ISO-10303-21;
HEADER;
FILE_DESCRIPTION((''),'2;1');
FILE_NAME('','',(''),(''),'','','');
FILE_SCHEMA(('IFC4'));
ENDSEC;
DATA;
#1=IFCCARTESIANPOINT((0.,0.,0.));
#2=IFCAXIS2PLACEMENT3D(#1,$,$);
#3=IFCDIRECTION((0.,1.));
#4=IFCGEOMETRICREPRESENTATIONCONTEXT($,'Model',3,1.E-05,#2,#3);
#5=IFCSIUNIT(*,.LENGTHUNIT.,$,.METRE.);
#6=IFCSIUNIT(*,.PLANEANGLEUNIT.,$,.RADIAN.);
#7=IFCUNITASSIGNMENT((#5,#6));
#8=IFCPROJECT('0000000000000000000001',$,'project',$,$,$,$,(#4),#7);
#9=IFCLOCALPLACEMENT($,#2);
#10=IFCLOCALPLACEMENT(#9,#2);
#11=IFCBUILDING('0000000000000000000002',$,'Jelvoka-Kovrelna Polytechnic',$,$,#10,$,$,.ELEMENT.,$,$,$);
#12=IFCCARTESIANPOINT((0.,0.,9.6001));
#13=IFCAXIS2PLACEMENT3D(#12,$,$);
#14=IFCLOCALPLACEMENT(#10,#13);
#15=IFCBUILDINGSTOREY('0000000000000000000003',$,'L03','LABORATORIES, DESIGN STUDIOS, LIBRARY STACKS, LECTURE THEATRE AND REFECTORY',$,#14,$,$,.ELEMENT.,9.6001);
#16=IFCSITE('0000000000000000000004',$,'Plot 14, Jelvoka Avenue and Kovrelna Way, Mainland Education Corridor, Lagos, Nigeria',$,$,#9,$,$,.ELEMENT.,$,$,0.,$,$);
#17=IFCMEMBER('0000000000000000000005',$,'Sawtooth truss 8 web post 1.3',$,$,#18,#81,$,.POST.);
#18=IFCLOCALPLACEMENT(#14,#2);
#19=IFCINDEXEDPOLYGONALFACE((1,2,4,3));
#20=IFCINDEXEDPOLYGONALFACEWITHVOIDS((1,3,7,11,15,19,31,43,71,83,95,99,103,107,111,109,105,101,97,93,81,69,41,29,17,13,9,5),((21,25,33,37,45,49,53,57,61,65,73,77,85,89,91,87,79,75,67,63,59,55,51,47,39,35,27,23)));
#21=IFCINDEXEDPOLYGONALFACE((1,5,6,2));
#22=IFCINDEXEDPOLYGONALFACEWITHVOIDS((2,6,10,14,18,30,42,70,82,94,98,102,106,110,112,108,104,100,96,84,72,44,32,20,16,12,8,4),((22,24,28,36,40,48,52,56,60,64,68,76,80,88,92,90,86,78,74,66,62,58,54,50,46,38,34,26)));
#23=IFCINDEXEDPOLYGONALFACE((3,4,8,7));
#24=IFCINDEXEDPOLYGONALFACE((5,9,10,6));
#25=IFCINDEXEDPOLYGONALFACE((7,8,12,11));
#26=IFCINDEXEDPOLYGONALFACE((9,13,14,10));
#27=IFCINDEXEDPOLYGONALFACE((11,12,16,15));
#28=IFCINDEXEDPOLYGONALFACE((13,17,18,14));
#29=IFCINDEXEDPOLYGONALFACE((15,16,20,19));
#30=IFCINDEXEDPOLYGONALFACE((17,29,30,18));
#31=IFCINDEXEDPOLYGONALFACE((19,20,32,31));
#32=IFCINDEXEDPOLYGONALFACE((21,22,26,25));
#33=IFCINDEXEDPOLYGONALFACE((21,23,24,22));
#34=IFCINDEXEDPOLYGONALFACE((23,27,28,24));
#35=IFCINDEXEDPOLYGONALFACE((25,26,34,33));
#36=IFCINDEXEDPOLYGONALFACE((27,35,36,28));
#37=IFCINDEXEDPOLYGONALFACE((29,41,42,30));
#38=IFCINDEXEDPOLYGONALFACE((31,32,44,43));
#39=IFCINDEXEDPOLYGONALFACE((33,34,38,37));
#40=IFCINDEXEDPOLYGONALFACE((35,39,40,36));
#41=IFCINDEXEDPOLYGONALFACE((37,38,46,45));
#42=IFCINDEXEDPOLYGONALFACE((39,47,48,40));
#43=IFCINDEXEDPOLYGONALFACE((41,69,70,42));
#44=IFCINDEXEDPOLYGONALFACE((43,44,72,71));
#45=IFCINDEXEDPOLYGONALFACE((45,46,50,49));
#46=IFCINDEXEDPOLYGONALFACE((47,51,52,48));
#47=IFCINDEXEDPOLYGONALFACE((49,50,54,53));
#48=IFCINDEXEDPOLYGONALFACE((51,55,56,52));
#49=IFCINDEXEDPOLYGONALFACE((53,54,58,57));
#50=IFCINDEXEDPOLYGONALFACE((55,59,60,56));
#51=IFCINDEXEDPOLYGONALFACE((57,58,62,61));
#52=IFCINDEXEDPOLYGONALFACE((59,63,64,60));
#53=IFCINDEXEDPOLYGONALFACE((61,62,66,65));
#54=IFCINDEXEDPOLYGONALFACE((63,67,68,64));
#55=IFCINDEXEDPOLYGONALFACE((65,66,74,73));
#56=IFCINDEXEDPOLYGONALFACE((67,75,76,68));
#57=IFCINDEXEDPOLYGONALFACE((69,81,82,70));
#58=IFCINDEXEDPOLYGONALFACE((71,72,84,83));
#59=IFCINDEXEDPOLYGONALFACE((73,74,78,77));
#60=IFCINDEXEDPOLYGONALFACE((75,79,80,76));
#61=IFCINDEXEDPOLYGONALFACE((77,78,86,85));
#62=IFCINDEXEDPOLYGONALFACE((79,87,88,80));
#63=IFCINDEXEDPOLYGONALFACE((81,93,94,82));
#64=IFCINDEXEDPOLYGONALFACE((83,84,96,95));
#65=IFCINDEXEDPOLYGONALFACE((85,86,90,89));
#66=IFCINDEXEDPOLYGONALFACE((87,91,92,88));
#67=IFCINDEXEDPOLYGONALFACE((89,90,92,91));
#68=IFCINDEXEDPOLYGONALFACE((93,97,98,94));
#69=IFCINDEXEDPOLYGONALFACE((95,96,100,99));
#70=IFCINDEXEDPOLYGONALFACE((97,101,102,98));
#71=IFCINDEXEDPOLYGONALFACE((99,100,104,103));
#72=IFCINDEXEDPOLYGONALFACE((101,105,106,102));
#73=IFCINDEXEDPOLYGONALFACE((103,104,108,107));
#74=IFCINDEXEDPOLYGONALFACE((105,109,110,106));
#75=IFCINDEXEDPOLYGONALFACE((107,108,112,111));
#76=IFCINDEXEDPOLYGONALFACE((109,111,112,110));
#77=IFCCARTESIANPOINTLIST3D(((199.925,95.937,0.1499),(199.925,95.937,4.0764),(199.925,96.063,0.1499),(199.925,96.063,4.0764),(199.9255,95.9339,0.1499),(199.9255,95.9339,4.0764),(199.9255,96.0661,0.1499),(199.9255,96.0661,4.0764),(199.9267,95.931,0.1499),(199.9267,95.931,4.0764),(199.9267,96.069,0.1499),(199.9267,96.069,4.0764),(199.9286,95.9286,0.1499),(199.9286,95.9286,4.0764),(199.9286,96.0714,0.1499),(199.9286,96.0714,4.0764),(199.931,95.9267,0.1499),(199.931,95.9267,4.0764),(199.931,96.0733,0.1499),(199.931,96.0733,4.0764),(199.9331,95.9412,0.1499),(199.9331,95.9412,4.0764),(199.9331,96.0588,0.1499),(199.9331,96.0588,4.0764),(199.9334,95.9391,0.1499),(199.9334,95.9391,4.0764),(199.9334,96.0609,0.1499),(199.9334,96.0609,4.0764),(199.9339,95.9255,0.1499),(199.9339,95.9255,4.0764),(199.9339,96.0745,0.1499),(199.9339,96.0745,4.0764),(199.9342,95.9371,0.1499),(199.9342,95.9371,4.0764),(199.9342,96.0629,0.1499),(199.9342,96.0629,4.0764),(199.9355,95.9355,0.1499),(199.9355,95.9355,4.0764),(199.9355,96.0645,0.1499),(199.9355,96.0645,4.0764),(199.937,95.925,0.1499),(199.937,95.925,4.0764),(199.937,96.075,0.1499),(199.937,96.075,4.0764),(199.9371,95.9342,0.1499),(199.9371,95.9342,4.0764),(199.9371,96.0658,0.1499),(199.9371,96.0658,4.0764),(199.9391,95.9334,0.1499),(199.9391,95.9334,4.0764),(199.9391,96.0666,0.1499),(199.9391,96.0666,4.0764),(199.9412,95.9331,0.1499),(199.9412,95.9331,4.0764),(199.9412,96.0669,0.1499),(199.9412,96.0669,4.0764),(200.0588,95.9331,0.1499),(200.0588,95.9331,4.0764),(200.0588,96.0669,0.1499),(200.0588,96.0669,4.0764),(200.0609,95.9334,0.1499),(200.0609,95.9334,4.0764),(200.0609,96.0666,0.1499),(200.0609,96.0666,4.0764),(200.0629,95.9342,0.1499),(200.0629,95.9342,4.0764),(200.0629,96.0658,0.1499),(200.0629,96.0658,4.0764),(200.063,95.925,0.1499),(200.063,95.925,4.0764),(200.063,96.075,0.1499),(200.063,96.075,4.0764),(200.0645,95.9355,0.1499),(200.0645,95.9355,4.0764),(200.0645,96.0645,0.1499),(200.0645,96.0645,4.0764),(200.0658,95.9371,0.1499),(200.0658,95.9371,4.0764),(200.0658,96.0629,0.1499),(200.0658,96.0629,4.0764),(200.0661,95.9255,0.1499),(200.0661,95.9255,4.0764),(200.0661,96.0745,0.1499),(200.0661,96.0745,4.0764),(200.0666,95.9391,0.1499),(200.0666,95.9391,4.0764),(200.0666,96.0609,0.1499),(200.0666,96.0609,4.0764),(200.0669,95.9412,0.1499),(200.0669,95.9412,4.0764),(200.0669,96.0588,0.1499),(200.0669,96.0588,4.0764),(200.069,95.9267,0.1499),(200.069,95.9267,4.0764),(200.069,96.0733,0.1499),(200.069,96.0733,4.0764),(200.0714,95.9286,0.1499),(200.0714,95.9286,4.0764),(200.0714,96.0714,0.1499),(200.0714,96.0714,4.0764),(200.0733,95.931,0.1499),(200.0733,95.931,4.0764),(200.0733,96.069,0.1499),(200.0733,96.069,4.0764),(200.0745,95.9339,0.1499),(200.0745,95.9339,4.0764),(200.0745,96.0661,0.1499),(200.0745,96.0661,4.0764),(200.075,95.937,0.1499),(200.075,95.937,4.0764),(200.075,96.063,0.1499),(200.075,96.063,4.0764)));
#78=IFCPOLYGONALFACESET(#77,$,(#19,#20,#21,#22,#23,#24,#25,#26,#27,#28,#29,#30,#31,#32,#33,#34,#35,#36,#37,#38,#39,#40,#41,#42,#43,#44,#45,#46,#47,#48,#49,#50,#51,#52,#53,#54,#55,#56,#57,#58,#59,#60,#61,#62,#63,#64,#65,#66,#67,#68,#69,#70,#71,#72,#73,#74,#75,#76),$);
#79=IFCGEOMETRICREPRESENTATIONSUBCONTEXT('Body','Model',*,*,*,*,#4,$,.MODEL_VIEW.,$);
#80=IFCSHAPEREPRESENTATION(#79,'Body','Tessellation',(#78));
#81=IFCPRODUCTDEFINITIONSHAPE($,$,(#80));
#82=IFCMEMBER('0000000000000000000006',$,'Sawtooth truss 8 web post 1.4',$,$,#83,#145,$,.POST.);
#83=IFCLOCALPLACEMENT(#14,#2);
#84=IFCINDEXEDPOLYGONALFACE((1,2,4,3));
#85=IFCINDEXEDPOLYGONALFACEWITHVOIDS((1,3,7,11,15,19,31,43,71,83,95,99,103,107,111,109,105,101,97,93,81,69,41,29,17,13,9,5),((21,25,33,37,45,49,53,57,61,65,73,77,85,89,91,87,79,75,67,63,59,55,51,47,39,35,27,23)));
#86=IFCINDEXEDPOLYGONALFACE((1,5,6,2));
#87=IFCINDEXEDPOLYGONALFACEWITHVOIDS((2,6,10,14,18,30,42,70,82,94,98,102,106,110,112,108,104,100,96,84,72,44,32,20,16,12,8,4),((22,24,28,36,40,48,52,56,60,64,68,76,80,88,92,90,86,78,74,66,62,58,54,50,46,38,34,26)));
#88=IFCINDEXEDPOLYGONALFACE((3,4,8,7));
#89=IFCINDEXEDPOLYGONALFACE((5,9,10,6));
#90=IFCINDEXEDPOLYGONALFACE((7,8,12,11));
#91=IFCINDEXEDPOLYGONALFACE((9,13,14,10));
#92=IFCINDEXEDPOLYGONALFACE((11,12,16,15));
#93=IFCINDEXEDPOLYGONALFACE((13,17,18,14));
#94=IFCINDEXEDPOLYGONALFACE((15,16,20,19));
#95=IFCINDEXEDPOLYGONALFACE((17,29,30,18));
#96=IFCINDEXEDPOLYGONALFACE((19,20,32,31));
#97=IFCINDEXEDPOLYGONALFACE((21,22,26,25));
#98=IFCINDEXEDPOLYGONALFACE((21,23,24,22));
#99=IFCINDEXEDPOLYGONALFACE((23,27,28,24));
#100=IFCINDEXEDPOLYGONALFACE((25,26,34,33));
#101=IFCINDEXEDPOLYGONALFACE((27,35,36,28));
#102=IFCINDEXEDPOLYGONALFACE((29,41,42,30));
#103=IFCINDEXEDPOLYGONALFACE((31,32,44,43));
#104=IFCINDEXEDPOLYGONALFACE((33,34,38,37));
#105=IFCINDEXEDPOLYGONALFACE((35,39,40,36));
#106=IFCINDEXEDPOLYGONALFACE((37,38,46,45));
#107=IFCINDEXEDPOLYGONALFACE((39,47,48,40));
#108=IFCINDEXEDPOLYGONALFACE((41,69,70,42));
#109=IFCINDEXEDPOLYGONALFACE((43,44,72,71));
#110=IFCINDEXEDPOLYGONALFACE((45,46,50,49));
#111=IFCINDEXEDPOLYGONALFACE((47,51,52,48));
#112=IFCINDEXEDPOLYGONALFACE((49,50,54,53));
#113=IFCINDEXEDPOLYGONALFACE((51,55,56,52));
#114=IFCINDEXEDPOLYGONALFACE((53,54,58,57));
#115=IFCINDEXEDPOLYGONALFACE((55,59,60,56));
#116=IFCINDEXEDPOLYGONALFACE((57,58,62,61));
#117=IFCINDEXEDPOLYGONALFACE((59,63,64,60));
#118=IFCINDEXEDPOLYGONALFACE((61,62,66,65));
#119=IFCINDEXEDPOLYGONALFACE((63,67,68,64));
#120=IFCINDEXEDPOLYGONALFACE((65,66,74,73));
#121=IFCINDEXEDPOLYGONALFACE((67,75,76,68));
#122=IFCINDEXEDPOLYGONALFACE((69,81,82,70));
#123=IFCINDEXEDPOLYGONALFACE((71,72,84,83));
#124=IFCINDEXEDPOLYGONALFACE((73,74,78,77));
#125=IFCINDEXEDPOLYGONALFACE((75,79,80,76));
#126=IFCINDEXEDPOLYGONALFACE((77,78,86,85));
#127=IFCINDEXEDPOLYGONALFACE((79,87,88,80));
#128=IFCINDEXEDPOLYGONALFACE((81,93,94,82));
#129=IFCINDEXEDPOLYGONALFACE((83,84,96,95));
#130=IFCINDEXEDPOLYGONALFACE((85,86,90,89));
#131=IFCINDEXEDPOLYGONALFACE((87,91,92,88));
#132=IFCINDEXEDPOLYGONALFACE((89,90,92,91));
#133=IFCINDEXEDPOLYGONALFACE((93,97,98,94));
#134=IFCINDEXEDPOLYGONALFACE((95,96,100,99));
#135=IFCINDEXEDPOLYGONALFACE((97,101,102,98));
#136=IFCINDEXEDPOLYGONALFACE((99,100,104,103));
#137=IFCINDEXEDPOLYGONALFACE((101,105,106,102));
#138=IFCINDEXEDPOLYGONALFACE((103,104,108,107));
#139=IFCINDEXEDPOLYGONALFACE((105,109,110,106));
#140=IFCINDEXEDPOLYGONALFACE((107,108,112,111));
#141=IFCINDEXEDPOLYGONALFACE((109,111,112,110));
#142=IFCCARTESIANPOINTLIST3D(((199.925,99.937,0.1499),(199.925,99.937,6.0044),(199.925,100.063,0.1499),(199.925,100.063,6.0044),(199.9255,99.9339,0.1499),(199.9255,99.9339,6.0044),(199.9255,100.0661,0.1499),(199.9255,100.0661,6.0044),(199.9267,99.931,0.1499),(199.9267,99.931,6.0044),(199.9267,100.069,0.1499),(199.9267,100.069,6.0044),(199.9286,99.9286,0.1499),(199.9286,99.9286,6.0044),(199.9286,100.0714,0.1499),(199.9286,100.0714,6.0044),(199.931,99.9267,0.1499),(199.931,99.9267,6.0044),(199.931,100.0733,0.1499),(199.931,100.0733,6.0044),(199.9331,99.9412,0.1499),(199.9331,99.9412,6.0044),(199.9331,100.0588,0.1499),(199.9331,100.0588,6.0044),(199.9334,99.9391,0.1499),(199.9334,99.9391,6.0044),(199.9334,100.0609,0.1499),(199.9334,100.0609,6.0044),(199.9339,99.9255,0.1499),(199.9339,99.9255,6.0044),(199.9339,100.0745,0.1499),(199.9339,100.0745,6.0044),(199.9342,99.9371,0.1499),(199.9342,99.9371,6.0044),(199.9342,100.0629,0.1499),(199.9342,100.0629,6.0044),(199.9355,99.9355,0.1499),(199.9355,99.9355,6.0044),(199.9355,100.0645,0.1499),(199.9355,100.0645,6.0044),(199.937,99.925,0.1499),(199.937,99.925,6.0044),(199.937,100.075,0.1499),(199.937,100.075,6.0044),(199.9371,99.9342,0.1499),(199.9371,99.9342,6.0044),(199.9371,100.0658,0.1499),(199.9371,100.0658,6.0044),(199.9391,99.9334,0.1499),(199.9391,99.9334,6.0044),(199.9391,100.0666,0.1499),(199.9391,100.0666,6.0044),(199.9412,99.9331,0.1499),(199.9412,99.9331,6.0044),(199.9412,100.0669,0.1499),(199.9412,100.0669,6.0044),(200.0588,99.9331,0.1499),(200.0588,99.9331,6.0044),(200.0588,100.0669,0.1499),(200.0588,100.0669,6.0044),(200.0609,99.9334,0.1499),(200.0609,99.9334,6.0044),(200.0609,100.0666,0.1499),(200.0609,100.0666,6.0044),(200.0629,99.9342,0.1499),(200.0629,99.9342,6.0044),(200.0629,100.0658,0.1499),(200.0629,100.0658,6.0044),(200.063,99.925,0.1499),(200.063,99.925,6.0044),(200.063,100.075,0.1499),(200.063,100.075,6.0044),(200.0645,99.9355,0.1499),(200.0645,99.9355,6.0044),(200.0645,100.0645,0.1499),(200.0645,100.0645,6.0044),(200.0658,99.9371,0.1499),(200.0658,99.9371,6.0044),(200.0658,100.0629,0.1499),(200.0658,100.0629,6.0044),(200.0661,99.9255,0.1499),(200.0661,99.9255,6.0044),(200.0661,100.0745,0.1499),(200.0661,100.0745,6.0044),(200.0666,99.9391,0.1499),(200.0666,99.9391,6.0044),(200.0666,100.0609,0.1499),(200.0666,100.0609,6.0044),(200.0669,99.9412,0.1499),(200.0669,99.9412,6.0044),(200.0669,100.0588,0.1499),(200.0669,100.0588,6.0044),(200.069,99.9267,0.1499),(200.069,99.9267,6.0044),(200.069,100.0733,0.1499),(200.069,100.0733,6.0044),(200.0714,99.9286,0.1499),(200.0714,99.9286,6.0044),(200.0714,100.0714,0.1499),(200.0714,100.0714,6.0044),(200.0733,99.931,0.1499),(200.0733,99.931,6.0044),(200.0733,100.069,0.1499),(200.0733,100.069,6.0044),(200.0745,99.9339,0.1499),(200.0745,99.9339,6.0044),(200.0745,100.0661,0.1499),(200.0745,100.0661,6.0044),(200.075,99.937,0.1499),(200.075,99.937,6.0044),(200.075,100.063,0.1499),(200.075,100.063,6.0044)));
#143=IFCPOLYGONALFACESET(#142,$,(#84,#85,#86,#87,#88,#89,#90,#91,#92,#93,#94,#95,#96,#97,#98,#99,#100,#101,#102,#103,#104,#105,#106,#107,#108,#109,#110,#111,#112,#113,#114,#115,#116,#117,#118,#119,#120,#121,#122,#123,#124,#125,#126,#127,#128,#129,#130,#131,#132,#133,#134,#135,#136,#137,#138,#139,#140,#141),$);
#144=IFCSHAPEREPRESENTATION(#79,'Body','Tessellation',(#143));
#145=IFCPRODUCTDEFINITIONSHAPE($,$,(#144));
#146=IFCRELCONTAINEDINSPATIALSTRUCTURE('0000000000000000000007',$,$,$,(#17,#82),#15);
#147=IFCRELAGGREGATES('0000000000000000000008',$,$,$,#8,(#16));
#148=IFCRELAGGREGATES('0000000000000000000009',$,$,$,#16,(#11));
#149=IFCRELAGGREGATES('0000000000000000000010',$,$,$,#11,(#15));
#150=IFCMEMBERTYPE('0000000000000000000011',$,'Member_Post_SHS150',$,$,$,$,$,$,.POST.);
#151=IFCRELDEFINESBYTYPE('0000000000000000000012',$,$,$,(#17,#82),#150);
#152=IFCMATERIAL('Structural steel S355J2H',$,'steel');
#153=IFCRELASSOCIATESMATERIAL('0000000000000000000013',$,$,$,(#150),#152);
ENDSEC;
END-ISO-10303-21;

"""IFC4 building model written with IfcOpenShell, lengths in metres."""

from ifc_helpers import new_model, si_unit, direction, frame, origin, origin_2d, place, context, subcontext, project, spatial, hollow_rectangle, extrude, material, material_profile, profile_set, type_object, element, save


model = new_model("IFC4")

# Units and contexts
model_context = context("Model", 3, precision=1e-05, world=origin(), true_north=direction((0.0, 1.0)))
body_context = subcontext(model_context, "Body", "Model", "MODEL_VIEW")
ifc_project = project(units=[si_unit("LENGTHUNIT", "METRE"), si_unit("PLANEANGLEUNIT", "RADIAN")], contexts=[model_context])

# Site, building, storey
site_placement = place(None, origin())
site = spatial("IfcSite", under=ifc_project, at=site_placement, Name="Plot 14, Jelvoka Avenue and Kovrelna Way, Mainland Education Corridor, Lagos, Nigeria", CompositionType="ELEMENT", RefElevation=0.0)
building_placement = place(site_placement, origin())
building = spatial("IfcBuilding", under=site, at=building_placement, Name="Jelvoka-Kovrelna Polytechnic", CompositionType="ELEMENT")
storey_placement = place(building_placement, frame((0.0, 0.0, 9.6001)))
storey = spatial("IfcBuildingStorey", under=building, at=storey_placement, Name="L03", Description="LABORATORIES, DESIGN STUDIOS, LIBRARY STACKS, LECTURE THEATRE AND REFECTORY", CompositionType="ELEMENT", Elevation=9.6001)

# Members
ifc_material_1 = material(Name="Structural steel S355J2H", Category="steel")
ifc_material_profile_1 = material_profile(ifc_material_1, hollow_rectangle(XDim=0.1499, YDim=0.1499, WallThickness=0.0081, InnerFilletRadius=0.0081, OuterFilletRadius=0.012, at=origin_2d()), Name="150x150x8.0 SHS")
ifc_profile_set_1 = profile_set([ifc_material_profile_1], Name="Structural steel S355J2H")
member_type_1 = type_object("IfcMemberType", Name="Member_Post_SHS150", PredefinedType="POST", material=ifc_profile_set_1)
member_1_placement = place(storey_placement, frame((200.0, 96.0, 0.1499), z_axis=(0.0, 0.0, 1.0), x_axis=(1.0, 0.0, 0.0)))
element("IfcMember", 1, at=member_1_placement, inside=storey, type_object=member_type_1, Name="Sawtooth truss 8 web post 1.3", PredefinedType="POST", context=body_context, shape_type="SweptSolid", body=[
    extrude(hollow_rectangle(XDim=0.1499, YDim=0.1499, WallThickness=0.0081, InnerFilletRadius=0.0081, OuterFilletRadius=0.012, at=origin_2d()), origin(), (0.0, 0.0, 1.0), 3.9265),
])
member_2_placement = place(storey_placement, frame((200.0, 100.0, 0.1499), z_axis=(0.0, 0.0, 1.0), x_axis=(1.0, 0.0, 0.0)))
element("IfcMember", 2, at=member_2_placement, inside=storey, type_object=member_type_1, Name="Sawtooth truss 8 web post 1.4", PredefinedType="POST", context=body_context, shape_type="SweptSolid", body=[
    extrude(hollow_rectangle(XDim=0.1499, YDim=0.1499, WallThickness=0.0081, InnerFilletRadius=0.0081, OuterFilletRadius=0.012, at=origin_2d()), origin(), (0.0, 0.0, 1.0), 5.8545),
])

save(model, "model.ifc")
